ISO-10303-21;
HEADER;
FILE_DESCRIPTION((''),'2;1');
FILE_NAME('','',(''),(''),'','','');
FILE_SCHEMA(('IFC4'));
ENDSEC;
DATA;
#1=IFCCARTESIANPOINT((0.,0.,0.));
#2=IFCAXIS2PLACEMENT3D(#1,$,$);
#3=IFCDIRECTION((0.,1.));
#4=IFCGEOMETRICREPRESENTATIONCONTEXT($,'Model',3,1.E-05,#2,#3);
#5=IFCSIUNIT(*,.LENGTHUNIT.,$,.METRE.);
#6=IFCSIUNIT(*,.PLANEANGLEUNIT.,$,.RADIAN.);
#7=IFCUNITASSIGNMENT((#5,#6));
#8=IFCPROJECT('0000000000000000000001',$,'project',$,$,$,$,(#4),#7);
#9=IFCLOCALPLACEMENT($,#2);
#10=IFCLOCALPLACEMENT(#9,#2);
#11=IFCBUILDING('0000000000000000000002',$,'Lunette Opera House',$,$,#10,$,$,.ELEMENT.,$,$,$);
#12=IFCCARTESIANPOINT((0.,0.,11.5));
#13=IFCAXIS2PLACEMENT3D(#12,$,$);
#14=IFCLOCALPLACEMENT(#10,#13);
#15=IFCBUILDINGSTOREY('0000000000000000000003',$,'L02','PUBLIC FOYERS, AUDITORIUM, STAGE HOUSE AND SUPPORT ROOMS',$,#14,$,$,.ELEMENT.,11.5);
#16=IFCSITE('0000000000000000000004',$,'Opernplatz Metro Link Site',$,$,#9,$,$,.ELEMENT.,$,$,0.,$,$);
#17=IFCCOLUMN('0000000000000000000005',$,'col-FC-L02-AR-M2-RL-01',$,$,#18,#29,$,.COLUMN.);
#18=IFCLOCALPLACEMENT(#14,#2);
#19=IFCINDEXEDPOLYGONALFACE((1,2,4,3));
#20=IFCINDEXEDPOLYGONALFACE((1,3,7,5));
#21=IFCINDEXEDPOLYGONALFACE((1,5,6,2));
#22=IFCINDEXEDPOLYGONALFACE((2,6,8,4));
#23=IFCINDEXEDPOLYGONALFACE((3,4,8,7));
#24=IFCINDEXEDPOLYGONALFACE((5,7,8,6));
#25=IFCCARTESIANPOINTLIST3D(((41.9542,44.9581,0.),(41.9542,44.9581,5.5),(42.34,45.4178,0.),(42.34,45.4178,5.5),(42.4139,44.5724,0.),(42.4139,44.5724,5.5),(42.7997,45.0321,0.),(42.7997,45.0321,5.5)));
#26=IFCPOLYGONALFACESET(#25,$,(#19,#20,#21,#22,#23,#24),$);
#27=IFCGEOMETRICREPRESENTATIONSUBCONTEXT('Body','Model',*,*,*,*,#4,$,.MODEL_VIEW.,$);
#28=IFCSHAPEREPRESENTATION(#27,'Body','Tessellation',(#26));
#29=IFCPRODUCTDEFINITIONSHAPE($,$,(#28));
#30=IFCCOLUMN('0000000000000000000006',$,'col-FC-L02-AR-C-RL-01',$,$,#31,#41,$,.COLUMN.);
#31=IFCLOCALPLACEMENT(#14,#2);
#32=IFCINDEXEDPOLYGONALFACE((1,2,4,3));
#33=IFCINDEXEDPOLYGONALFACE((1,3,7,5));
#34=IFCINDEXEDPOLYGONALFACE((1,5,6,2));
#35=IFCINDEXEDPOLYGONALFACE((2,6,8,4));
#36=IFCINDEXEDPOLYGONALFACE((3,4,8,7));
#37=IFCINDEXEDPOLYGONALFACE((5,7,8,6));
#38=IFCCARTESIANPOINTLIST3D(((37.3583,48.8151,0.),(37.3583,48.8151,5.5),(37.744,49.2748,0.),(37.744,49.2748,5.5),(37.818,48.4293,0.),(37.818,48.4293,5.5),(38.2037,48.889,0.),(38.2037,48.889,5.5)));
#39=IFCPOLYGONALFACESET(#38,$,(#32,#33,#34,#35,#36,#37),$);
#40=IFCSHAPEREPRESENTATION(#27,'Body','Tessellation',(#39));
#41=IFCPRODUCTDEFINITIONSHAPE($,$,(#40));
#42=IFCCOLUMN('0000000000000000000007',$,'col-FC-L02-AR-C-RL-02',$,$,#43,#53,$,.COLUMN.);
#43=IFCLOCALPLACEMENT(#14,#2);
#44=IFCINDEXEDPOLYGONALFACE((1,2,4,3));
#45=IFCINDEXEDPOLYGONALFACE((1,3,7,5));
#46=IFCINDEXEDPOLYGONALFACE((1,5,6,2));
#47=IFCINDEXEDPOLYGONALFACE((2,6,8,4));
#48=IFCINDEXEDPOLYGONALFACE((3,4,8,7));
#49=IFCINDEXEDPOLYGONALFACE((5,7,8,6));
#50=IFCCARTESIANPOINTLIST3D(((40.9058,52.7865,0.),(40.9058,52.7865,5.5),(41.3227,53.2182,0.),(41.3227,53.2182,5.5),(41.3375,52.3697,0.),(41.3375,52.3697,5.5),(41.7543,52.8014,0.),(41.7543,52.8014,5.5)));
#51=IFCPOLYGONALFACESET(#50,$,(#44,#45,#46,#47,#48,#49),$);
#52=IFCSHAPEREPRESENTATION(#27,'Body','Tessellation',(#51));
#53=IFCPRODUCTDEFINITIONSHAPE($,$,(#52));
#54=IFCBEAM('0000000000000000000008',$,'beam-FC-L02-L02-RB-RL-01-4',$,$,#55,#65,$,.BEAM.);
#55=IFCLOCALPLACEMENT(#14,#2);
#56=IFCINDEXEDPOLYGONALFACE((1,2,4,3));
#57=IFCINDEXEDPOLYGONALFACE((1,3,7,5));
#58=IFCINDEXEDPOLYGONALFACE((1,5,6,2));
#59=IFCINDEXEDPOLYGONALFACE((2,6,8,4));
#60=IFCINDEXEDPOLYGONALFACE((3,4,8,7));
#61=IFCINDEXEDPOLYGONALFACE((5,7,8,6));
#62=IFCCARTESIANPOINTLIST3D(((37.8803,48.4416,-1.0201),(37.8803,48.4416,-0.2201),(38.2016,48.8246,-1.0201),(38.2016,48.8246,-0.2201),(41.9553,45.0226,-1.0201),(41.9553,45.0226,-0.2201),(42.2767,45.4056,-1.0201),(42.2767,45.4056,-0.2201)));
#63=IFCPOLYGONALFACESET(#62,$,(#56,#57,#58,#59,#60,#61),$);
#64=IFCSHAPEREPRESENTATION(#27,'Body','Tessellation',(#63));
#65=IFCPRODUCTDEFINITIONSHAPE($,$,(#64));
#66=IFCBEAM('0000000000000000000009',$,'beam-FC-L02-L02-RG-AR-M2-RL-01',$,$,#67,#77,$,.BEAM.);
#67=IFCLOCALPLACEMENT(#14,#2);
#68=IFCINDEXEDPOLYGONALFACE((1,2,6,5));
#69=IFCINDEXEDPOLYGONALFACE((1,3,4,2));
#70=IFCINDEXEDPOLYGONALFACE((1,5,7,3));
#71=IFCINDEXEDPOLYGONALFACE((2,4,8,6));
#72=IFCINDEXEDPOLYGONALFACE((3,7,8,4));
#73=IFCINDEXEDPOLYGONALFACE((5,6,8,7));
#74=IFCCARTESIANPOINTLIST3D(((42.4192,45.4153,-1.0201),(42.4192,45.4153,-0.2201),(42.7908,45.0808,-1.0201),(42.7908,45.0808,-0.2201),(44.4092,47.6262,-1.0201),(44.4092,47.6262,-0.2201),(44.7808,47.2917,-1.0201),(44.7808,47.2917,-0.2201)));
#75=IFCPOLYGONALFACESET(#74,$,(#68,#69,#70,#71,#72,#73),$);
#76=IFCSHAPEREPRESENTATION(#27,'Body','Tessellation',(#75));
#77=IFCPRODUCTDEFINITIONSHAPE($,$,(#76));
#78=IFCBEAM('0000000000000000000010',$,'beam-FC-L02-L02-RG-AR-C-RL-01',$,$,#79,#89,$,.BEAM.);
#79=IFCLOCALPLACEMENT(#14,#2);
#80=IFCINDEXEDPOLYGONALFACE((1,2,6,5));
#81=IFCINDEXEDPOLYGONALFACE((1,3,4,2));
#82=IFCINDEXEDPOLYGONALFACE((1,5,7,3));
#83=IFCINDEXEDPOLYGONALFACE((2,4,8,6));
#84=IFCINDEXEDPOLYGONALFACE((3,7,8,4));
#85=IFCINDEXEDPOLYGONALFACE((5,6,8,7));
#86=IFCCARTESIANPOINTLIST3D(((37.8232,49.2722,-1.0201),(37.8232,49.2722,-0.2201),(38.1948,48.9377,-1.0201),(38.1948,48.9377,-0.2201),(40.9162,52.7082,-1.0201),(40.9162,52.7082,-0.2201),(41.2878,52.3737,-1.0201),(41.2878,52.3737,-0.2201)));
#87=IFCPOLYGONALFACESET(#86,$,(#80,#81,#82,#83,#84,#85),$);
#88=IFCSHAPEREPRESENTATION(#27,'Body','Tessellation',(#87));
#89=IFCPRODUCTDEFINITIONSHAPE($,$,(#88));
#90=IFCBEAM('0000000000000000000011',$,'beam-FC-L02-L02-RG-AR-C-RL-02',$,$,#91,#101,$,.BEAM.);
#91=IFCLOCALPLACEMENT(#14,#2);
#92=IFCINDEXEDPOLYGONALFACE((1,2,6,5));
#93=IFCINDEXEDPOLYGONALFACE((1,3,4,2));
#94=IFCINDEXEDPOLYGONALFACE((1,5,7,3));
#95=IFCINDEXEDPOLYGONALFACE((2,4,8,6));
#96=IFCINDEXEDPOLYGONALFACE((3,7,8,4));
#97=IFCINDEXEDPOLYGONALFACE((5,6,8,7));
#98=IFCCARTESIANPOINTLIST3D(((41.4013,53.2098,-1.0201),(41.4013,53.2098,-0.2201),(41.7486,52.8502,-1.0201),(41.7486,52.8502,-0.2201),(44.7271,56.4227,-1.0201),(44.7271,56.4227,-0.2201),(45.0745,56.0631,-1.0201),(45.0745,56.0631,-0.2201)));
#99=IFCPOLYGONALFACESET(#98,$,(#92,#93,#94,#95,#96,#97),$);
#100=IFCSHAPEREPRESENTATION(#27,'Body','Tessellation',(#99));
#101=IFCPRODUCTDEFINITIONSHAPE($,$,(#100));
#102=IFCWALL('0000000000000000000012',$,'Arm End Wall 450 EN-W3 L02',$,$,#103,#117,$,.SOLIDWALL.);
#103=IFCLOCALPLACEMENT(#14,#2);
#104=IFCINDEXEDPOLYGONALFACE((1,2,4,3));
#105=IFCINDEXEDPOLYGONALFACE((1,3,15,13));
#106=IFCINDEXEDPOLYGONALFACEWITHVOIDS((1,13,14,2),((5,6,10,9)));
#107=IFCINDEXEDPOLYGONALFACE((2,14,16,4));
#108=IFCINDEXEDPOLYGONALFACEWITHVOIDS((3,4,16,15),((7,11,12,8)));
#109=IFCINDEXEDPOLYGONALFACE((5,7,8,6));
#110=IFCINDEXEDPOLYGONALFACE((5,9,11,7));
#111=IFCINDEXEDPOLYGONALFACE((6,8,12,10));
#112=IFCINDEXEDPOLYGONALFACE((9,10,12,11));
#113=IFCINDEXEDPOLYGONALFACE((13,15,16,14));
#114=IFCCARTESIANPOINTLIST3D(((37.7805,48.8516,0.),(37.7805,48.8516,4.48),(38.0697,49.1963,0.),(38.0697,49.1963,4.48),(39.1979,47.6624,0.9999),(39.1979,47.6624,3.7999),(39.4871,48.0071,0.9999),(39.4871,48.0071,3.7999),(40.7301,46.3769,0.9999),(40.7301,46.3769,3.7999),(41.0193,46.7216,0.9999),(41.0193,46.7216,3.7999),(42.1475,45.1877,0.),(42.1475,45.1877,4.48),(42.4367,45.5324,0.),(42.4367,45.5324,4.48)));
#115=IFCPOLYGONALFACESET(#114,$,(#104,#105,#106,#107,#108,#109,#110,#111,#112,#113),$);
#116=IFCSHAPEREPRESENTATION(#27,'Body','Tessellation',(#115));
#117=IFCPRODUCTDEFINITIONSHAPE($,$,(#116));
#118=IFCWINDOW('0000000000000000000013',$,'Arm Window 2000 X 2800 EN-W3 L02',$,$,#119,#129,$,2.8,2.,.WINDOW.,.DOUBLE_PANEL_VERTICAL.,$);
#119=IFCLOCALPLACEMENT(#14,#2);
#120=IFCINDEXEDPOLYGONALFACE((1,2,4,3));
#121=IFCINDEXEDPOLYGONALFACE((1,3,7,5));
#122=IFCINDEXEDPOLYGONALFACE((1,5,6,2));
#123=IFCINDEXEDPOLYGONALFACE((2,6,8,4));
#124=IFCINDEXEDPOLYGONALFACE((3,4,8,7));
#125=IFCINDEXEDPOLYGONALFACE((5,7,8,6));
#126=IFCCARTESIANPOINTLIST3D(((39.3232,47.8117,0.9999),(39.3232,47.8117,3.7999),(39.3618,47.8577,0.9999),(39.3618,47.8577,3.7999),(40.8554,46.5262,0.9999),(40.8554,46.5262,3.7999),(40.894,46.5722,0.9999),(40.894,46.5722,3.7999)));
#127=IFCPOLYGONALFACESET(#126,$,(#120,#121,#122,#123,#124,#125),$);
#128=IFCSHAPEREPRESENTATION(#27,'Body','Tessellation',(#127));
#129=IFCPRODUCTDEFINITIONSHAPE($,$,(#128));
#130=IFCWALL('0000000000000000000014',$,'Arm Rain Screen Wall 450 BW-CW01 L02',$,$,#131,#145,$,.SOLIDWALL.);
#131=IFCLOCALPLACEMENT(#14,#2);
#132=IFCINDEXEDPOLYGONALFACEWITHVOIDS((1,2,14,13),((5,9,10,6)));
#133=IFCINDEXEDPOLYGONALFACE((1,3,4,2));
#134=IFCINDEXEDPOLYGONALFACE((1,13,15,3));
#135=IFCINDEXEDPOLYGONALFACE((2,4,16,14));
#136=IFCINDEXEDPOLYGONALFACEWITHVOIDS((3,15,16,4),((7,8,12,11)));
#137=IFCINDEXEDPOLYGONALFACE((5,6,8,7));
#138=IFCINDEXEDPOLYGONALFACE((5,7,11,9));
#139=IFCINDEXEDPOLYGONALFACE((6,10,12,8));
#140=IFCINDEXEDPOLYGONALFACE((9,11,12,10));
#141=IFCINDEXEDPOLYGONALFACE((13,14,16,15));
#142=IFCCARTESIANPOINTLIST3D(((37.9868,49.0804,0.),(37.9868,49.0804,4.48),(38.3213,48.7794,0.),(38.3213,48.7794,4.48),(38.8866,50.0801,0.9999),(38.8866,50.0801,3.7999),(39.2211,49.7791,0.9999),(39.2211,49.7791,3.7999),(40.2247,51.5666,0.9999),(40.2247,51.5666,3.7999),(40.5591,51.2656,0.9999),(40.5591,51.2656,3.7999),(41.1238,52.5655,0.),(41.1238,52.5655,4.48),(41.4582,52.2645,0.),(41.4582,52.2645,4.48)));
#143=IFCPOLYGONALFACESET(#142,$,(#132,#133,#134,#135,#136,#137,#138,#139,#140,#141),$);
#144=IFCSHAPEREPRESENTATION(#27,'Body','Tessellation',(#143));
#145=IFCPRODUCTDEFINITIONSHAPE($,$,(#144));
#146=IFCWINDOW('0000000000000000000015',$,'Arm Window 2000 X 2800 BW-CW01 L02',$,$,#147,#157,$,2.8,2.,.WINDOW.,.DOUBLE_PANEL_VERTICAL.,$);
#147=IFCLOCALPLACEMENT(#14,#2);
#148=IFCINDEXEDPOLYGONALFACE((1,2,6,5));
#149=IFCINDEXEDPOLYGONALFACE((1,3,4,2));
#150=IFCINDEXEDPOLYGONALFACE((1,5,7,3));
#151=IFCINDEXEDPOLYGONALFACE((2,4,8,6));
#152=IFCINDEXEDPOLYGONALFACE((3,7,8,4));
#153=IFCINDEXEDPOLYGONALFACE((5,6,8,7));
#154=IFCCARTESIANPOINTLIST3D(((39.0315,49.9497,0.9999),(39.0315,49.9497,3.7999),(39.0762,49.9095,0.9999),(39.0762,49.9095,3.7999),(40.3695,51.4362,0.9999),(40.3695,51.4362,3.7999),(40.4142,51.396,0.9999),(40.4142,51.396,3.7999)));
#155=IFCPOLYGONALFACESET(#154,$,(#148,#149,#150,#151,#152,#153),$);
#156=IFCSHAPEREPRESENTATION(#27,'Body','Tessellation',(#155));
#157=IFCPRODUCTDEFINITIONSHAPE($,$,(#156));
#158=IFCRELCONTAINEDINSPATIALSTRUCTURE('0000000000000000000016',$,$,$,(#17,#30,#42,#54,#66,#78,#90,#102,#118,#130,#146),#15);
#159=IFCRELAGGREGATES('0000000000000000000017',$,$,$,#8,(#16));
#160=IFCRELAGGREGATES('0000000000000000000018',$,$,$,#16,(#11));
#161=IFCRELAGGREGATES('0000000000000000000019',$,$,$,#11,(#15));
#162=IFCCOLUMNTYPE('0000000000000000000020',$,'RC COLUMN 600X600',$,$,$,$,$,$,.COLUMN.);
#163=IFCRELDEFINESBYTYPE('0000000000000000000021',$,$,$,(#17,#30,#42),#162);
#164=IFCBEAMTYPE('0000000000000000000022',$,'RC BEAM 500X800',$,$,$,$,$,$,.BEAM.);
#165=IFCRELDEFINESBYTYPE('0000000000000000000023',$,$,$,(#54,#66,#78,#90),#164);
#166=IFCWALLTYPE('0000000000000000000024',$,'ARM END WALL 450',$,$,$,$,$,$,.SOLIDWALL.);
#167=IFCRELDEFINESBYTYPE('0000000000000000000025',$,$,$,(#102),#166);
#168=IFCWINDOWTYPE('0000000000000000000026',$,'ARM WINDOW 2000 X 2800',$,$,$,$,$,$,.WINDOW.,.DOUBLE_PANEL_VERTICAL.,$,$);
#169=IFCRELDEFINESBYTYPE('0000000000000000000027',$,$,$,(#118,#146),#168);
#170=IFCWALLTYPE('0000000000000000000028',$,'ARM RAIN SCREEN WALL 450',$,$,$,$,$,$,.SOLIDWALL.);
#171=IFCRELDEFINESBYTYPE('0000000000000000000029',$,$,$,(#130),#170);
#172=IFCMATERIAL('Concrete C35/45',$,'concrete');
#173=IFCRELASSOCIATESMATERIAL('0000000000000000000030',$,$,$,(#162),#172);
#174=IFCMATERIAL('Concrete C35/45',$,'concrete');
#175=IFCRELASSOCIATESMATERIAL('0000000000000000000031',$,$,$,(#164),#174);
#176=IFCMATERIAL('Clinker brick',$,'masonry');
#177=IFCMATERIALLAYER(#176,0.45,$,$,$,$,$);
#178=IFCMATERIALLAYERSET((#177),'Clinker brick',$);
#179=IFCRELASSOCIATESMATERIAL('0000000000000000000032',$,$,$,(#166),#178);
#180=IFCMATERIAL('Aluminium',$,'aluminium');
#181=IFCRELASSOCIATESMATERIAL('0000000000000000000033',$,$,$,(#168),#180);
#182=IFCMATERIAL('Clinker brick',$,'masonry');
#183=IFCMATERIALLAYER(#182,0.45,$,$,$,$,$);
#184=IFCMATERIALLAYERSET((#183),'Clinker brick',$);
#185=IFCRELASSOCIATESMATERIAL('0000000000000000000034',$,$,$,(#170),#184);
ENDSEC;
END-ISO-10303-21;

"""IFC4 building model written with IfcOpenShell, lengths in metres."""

from ifc_helpers import new_model, si_unit, direction, frame, frame_2d, origin, origin_2d, place, context, subcontext, project, spatial, rectangle, extrude, material, layer, layer_set, material_profile, profile_set, type_object, element, fill, save


model = new_model("IFC4")

# Units and contexts
model_context = context("Model", 3, precision=1e-05, world=origin(), true_north=direction((0.0, 1.0)))
body_context = subcontext(model_context, "Body", "Model", "MODEL_VIEW")
ifc_project = project(units=[si_unit("LENGTHUNIT", "METRE"), si_unit("PLANEANGLEUNIT", "RADIAN")], contexts=[model_context])

# Site, building, storey
site_placement = place(None, origin())
site = spatial("IfcSite", under=ifc_project, at=site_placement, Name="Opernplatz Metro Link Site", CompositionType="ELEMENT", RefElevation=0.0)
building_placement = place(site_placement, origin())
building = spatial("IfcBuilding", under=site, at=building_placement, Name="Lunette Opera House", CompositionType="ELEMENT")
storey_placement = place(building_placement, frame((0.0, 0.0, 11.5)))
storey = spatial("IfcBuildingStorey", under=building, at=storey_placement, Name="L02", Description="PUBLIC FOYERS, AUDITORIUM, STAGE HOUSE AND SUPPORT ROOMS", CompositionType="ELEMENT", Elevation=11.5)

# Columns
ifc_material_1 = material(Name="Concrete C35/45", Category="concrete")
ifc_material_profile_1 = material_profile(ifc_material_1, rectangle(XDim=0.6001, YDim=0.6001, at=origin_2d()), Name="RC COLUMN 600X600")
ifc_profile_set_1 = profile_set([ifc_material_profile_1], Name="Concrete C35/45")
column_type = type_object("IfcColumnType", Name="RC COLUMN 600X600", PredefinedType="COLUMN", material=ifc_profile_set_1)
for number, where, z_axis, x_axis, name in (
    (1, (42.377, 44.9951, 0.0), (0.0, 0.0, 1.0), (0.642788, 0.766044, 0.0), "col-FC-L02-AR-M2-RL-01"),
    (2, (37.781, 48.8521, 0.0), (0.0, 0.0, 1.0), (0.642788, 0.766044, 0.0), "col-FC-L02-AR-C-RL-01"),
    (3, (41.3301, 52.7939, 0.0), (0.0, 0.0, 1.0), (0.694658, 0.71934, 0.0), "col-FC-L02-AR-C-RL-02"),
):
    element("IfcColumn", number, at=place(storey_placement, frame(where, z_axis=z_axis, x_axis=x_axis)), inside=storey, type_object=column_type, Name=name, PredefinedType="COLUMN", context=body_context, shape_type="SweptSolid", body=[
        extrude(rectangle(XDim=0.6001, YDim=0.6001, at=origin_2d()), origin(), (0.0, 0.0, 1.0), 5.5),
    ])

# Beams
ifc_material_2 = material(Name="Concrete C35/45", Category="concrete")
ifc_material_profile_2 = material_profile(ifc_material_2, rectangle(XDim=0.5, YDim=0.8, at=origin_2d()), Name="RC BEAM 500X800")
ifc_profile_set_2 = profile_set([ifc_material_profile_2], Name="Concrete C35/45")
beam_type = type_object("IfcBeamType", Name="RC BEAM 500X800", PredefinedType="BEAM", material=ifc_profile_set_2)
beam_1_placement = place(storey_placement, frame((42.116, 45.2141, -0.6201), z_axis=(-0.766076, 0.64275, 0.0), x_axis=(-0.64275, -0.766076, 0.0)))
element("IfcBeam", 4, at=beam_1_placement, inside=storey, type_object=beam_type, Name="beam-FC-L02-L02-RB-RL-01-4", PredefinedType="BEAM", context=body_context, shape_type="SweptSolid", body=[
    extrude(rectangle(XDim=0.5, YDim=0.8, at=origin_2d()), origin(), (0.0, 0.0, 1.0), 5.3193),
])
beam_2_placement = place(storey_placement, frame((42.605, 45.248, -0.6201), z_axis=(0.668992, 0.74327, 0.0), x_axis=(-0.74327, 0.668992, 0.0)))
element("IfcBeam", 5, at=beam_2_placement, inside=storey, type_object=beam_type, Name="beam-FC-L02-L02-RG-AR-M2-RL-01", PredefinedType="BEAM", context=body_context, shape_type="SweptSolid", body=[
    extrude(rectangle(XDim=0.5, YDim=0.8, at=origin_2d()), origin(), (0.0, 0.0, 1.0), 2.9746),
])
beam_3_placement = place(storey_placement, frame((38.009, 49.105, -0.6201), z_axis=(0.669035, 0.743231, 0.0), x_axis=(-0.743231, 0.669035, 0.0)))
element("IfcBeam", 6, at=beam_3_placement, inside=storey, type_object=beam_type, Name="beam-FC-L02-L02-RG-AR-C-RL-01", PredefinedType="BEAM", context=body_context, shape_type="SweptSolid", body=[
    extrude(rectangle(XDim=0.5, YDim=0.8, at=origin_2d()), origin(), (0.0, 0.0, 1.0), 4.623),
])
beam_4_placement = place(storey_placement, frame((41.575, 53.03, -0.6201), z_axis=(0.719223, 0.694779, 0.0), x_axis=(-0.694779, 0.719223, 0.0)))
element("IfcBeam", 7, at=beam_4_placement, inside=storey, type_object=beam_type, Name="beam-FC-L02-L02-RG-AR-C-RL-02", PredefinedType="BEAM", context=body_context, shape_type="SweptSolid", body=[
    extrude(rectangle(XDim=0.5, YDim=0.8, at=origin_2d()), origin(), (0.0, 0.0, 1.0), 4.6243),
])

# Walls, openings, windows
ifc_material_3 = material(Name="Clinker brick", Category="masonry")
ifc_layer_1 = layer(ifc_material_3, 0.45)
ifc_layer_set_1 = layer_set([ifc_layer_1], Name="Clinker brick")
wall_type_1 = type_object("IfcWallType", Name="ARM END WALL 450", PredefinedType="SOLIDWALL", material=ifc_layer_set_1)
wall_1_placement = place(storey_placement, frame((42.292, 45.3601, 0.0), z_axis=(0.0, 0.0, 1.0), x_axis=(-0.766086, 0.642738, 0.0)))
wall_1 = element("IfcWall", 8, at=wall_1_placement, inside=storey, type_object=wall_type_1, Name="Arm End Wall 450 EN-W3 L02", PredefinedType="SOLIDWALL", context=body_context, shape_type="SweptSolid", body=[
    extrude(rectangle(XDim=5.7004, YDim=0.45, at=frame_2d((2.8501, 0.0))), origin(), (0.0, 0.0, 1.0), 4.48),
])
opening_1_placement = place(wall_1_placement, frame((1.8501, 0.0, 1.0)))
opening_1 = element("IfcOpeningElement", 9, at=opening_1_placement, cuts=wall_1, PredefinedType="OPENING", context=body_context, shape_type="SweptSolid", body=[
    extrude(rectangle(XDim=2.0, YDim=2.8, at=frame_2d((1.0, 1.3999))), frame((0.0, 0.2371, 0.0), z_axis=(0.0, -1.0, 0.0), x_axis=(1.0, 0.0, 0.0)), (0.0, 0.0, 1.0), 0.4739),
])
ifc_material_4 = material(Name="Aluminium", Category="aluminium")
window_type = type_object("IfcWindowType", Name="ARM WINDOW 2000 X 2800", PartitioningType="DOUBLE_PANEL_VERTICAL", PredefinedType="WINDOW", material=ifc_material_4)
window_1_placement = place(opening_1_placement, origin())
window_1 = element("IfcWindow", 10, at=window_1_placement, inside=storey, type_object=window_type, Name="Arm Window 2000 X 2800 EN-W3 L02", OverallHeight=2.8, OverallWidth=2.0, PartitioningType="DOUBLE_PANEL_VERTICAL", PredefinedType="WINDOW", context=body_context, shape_type="SweptSolid", body=[
    extrude(rectangle(XDim=2.0, YDim=2.8, at=frame_2d((1.0, 1.3999))), frame((0.0, 0.03, 0.0), z_axis=(0.0, -1.0, 0.0), x_axis=(1.0, 0.0, 0.0)), (0.0, 0.0, 1.0), 0.0601),
])
fill(opening_1, window_1)
ifc_material_5 = material(Name="Clinker brick", Category="masonry")
ifc_layer_2 = layer(ifc_material_5, 0.45)
ifc_layer_set_2 = layer_set([ifc_layer_2], Name="Clinker brick")
wall_type_2 = type_object("IfcWallType", Name="ARM RAIN SCREEN WALL 450", PredefinedType="SOLIDWALL", material=ifc_layer_set_2)
wall_2_placement = place(storey_placement, frame((38.1541, 48.9299, 0.0), z_axis=(0.0, 0.0, 1.0), x_axis=(0.669008, 0.743255, 0.0)))
wall_2 = element("IfcWall", 11, at=wall_2_placement, inside=storey, type_object=wall_type_2, Name="Arm Rain Screen Wall 450 BW-CW01 L02", PredefinedType="SOLIDWALL", context=body_context, shape_type="SweptSolid", body=[
    extrude(rectangle(XDim=4.689, YDim=0.45, at=frame_2d((2.3445, 0.0))), origin(), (0.0, 0.0, 1.0), 4.48),
])
opening_2_placement = place(wall_2_placement, frame((1.345, 0.0, 1.0)))
opening_2 = element("IfcOpeningElement", 12, at=opening_2_placement, cuts=wall_2, PredefinedType="OPENING", context=body_context, shape_type="SweptSolid", body=[
    extrude(rectangle(XDim=2.0, YDim=2.8, at=frame_2d((1.0, 1.3999))), frame((0.0, 0.2371, 0.0), z_axis=(0.0, -1.0, 0.0), x_axis=(1.0, 0.0, 0.0)), (0.0, 0.0, 1.0), 0.4739),
])
window_2_placement = place(opening_2_placement, origin())
window_2 = element("IfcWindow", 13, at=window_2_placement, inside=storey, type_object=window_type, Name="Arm Window 2000 X 2800 BW-CW01 L02", OverallHeight=2.8, OverallWidth=2.0, PartitioningType="DOUBLE_PANEL_VERTICAL", PredefinedType="WINDOW", context=body_context, shape_type="SweptSolid", body=[
    extrude(rectangle(XDim=2.0, YDim=2.8, at=frame_2d((1.0, 1.3999))), frame((0.0, 0.03, 0.0), z_axis=(0.0, -1.0, 0.0), x_axis=(1.0, 0.0, 0.0)), (0.0, 0.0, 1.0), 0.0601),
])
fill(opening_2, window_2)

save(model, "model.ifc")
